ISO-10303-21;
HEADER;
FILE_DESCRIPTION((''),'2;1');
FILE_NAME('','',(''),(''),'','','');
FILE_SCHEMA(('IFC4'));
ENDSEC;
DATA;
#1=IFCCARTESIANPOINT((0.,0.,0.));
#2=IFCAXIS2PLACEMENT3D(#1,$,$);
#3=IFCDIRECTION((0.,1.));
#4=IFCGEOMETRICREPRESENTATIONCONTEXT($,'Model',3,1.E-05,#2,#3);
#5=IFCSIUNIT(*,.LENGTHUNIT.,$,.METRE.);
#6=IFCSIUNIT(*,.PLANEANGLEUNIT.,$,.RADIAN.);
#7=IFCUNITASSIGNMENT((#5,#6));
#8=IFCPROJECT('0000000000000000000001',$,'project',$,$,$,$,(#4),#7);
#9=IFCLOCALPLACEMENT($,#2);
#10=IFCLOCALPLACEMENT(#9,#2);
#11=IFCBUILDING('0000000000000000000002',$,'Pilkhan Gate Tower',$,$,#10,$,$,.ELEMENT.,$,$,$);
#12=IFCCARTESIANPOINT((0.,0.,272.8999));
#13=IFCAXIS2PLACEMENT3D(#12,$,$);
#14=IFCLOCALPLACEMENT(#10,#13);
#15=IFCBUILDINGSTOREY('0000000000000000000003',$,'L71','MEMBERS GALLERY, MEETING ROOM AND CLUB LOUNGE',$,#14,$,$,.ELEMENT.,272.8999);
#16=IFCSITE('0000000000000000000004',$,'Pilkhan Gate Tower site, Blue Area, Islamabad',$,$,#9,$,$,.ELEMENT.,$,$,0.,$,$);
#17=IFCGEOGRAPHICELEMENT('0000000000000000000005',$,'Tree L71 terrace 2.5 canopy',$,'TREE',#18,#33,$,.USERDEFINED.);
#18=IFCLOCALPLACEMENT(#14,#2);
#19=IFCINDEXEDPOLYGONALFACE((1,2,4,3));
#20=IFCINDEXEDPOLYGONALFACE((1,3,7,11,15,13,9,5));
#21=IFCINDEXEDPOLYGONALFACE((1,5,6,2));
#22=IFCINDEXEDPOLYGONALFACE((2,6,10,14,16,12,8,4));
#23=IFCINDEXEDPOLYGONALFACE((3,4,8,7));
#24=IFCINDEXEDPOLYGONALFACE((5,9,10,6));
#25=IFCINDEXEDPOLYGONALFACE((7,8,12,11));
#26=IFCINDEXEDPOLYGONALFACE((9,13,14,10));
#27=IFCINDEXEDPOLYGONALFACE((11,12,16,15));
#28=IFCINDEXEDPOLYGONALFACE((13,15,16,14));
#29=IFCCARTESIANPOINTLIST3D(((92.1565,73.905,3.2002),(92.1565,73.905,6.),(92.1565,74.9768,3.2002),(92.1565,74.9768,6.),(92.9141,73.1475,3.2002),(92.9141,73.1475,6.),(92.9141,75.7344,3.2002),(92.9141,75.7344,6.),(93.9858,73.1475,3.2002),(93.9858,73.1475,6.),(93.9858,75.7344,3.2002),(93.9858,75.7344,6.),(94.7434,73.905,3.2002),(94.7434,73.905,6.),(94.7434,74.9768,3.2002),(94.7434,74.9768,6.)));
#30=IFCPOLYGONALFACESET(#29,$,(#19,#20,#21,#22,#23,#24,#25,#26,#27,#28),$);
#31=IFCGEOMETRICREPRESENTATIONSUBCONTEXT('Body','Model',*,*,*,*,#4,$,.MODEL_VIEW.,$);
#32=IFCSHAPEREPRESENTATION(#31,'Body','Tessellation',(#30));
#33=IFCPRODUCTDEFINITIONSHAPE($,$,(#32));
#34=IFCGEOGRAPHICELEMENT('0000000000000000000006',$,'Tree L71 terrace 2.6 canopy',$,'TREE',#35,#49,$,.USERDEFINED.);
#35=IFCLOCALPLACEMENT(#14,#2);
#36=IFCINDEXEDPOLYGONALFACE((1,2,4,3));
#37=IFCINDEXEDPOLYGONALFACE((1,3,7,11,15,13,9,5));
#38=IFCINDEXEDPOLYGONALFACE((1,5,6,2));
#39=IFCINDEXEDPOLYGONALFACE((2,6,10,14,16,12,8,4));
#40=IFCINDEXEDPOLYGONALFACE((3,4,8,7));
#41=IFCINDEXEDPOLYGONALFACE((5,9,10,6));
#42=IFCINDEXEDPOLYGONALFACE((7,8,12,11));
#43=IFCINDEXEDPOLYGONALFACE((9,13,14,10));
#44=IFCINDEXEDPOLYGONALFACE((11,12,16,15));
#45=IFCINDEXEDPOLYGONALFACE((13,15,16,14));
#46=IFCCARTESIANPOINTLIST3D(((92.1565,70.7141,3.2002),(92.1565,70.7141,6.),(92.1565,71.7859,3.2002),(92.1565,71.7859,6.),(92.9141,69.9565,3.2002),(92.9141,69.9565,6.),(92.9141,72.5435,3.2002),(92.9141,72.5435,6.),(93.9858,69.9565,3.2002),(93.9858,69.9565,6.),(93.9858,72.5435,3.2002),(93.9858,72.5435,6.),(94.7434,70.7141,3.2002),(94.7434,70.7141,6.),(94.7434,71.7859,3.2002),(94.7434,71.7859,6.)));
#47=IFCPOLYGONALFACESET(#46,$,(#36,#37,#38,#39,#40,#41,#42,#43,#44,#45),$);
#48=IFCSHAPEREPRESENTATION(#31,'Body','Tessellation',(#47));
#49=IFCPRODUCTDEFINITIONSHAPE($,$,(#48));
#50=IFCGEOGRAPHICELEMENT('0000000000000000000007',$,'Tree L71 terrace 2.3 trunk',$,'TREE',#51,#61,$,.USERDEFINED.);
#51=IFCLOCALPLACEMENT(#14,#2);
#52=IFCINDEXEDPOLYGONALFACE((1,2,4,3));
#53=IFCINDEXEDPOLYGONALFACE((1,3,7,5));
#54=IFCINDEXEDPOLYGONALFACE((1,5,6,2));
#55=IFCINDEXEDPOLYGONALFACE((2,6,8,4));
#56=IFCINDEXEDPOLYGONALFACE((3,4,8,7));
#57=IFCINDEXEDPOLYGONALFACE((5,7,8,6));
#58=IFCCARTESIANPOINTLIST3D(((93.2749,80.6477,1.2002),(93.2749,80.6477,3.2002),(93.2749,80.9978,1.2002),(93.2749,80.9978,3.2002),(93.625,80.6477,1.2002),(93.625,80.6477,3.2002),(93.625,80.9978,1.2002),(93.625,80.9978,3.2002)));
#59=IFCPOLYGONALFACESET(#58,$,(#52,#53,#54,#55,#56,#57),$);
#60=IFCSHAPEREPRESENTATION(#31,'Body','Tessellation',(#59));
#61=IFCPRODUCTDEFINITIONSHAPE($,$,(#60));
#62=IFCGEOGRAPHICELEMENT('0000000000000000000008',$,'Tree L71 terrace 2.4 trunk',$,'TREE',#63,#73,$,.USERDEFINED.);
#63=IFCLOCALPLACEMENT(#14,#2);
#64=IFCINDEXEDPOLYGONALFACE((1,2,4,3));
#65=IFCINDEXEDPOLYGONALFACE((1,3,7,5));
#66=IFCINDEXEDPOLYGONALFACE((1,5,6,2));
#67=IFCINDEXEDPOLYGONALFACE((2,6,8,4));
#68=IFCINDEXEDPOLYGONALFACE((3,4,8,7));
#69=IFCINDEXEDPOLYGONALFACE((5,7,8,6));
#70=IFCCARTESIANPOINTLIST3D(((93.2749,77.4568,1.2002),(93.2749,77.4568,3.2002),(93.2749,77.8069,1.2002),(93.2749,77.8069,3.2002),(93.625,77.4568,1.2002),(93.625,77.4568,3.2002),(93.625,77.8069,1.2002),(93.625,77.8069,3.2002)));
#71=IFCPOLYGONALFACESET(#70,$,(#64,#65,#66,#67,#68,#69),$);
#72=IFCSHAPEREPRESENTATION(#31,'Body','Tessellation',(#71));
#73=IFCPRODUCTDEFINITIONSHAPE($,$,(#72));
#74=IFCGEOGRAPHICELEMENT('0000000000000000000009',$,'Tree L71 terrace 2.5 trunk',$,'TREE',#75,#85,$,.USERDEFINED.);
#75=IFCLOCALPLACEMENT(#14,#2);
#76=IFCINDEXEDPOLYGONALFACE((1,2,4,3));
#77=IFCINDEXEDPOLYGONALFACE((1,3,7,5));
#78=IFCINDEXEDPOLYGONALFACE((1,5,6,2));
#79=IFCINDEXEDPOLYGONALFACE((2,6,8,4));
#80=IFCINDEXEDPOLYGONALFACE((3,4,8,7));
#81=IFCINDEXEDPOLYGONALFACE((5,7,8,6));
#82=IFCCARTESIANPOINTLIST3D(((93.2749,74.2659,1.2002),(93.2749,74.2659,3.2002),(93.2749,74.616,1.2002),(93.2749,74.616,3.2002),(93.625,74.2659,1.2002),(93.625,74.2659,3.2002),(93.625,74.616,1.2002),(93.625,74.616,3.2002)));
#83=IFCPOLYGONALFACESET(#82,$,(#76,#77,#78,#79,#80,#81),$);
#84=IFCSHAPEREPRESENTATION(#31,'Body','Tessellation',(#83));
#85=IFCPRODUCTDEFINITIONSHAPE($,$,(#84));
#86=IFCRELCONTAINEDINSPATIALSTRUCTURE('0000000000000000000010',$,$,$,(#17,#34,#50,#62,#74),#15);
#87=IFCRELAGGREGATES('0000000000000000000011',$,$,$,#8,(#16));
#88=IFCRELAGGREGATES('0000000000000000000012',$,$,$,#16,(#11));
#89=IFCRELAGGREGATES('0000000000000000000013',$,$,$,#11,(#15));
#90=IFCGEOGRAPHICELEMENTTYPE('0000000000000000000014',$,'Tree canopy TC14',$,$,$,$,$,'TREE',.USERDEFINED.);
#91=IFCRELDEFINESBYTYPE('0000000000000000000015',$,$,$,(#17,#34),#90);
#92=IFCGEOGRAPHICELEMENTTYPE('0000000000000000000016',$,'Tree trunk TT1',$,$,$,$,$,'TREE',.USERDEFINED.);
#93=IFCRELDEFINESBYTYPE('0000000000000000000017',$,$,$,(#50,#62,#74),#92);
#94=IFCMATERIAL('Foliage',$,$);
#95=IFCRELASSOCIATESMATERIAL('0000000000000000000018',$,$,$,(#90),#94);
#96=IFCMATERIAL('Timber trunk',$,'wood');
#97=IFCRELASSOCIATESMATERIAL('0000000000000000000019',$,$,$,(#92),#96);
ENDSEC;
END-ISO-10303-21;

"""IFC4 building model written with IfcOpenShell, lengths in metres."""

from ifc_helpers import new_model, si_unit, direction, frame, origin, origin_2d, place, context, subcontext, project, spatial, polyline, rectangle, outline, extrude, material, material_profile, profile_set, type_object, element, save


model = new_model("IFC4")

# Units and contexts
model_context = context("Model", 3, precision=1e-05, world=origin(), true_north=direction((0.0, 1.0)))
body_context = subcontext(model_context, "Body", "Model", "MODEL_VIEW")
ifc_project = project(units=[si_unit("LENGTHUNIT", "METRE"), si_unit("PLANEANGLEUNIT", "RADIAN")], contexts=[model_context])

# Site, building, storey
site_placement = place(None, origin())
site = spatial("IfcSite", under=ifc_project, at=site_placement, Name="Pilkhan Gate Tower site, Blue Area, Islamabad", CompositionType="ELEMENT", RefElevation=0.0)
building_placement = place(site_placement, origin())
building = spatial("IfcBuilding", under=site, at=building_placement, Name="Pilkhan Gate Tower", CompositionType="ELEMENT")
storey_placement = place(building_placement, frame((0.0, 0.0, 272.8999)))
storey = spatial("IfcBuildingStorey", under=building, at=storey_placement, Name="L71", Description="MEMBERS GALLERY, MEETING ROOM AND CLUB LOUNGE", CompositionType="ELEMENT", Elevation=272.8999)

# Geographic elements
ifc_material_1 = material(Name="Foliage")
ifc_material_profile_1 = material_profile(ifc_material_1, outline(polyline([(1.2935, 0.5359), (0.5359, 1.2935), (-0.5359, 1.2935), (-1.2935, 0.5359), (-1.2935, -0.5359), (-0.5359, -1.2935), (0.5359, -1.2935), (1.2935, -0.5359), (1.2935, 0.5359)])), Name="Canopy D2.8")
ifc_profile_set_1 = profile_set([ifc_material_profile_1], Name="Foliage")
geographic_element_type_1 = type_object("IfcGeographicElementType", Name="Tree canopy TC14", ElementType="TREE", PredefinedType="USERDEFINED", material=ifc_profile_set_1)
for number, where, z_axis, x_axis, name in (
    (1, (93.45, 74.4409, 3.2002), (0.0, 0.0, 1.0), (1.0, 0.0, 0.0), "Tree L71 terrace 2.5 canopy"),
    (2, (93.45, 71.25, 3.2002), (0.0, 0.0, 1.0), (1.0, 0.0, 0.0), "Tree L71 terrace 2.6 canopy"),
):
    element("IfcGeographicElement", number, at=place(storey_placement, frame(where, z_axis=z_axis, x_axis=x_axis)), inside=storey, type_object=geographic_element_type_1, Name=name, ObjectType="TREE", PredefinedType="USERDEFINED", context=body_context, shape_type="SweptSolid", body=[
        extrude(outline(polyline([(1.2935, 0.5359), (0.5359, 1.2935), (-0.5359, 1.2935), (-1.2935, 0.5359), (-1.2935, -0.5359), (-0.5359, -1.2935), (0.5359, -1.2935), (1.2935, -0.5359), (1.2935, 0.5359)])), origin(), (0.0, 0.0, 1.0), 2.7998),
    ])
ifc_material_2 = material(Name="Timber trunk", Category="wood")
geographic_element_type_2 = type_object("IfcGeographicElementType", Name="Tree trunk TT1", ElementType="TREE", PredefinedType="USERDEFINED", material=ifc_material_2)
for number, where, z_axis, x_axis, name in (
    (3, (93.45, 80.8228, 1.2002), (0.0, 0.0, 1.0), (1.0, 0.0, 0.0), "Tree L71 terrace 2.3 trunk"),
    (4, (93.45, 77.6318, 1.2002), (0.0, 0.0, 1.0), (1.0, 0.0, 0.0), "Tree L71 terrace 2.4 trunk"),
    (5, (93.45, 74.4409, 1.2002), (0.0, 0.0, 1.0), (1.0, 0.0, 0.0), "Tree L71 terrace 2.5 trunk"),
):
    element("IfcGeographicElement", number, at=place(storey_placement, frame(where, z_axis=z_axis, x_axis=x_axis)), inside=storey, type_object=geographic_element_type_2, Name=name, ObjectType="TREE", PredefinedType="USERDEFINED", context=body_context, shape_type="SweptSolid", body=[
        extrude(rectangle(XDim=0.3501, YDim=0.3501, at=origin_2d()), origin(), (0.0, 0.0, 1.0), 2.0),
    ])

save(model, "model.ifc")
